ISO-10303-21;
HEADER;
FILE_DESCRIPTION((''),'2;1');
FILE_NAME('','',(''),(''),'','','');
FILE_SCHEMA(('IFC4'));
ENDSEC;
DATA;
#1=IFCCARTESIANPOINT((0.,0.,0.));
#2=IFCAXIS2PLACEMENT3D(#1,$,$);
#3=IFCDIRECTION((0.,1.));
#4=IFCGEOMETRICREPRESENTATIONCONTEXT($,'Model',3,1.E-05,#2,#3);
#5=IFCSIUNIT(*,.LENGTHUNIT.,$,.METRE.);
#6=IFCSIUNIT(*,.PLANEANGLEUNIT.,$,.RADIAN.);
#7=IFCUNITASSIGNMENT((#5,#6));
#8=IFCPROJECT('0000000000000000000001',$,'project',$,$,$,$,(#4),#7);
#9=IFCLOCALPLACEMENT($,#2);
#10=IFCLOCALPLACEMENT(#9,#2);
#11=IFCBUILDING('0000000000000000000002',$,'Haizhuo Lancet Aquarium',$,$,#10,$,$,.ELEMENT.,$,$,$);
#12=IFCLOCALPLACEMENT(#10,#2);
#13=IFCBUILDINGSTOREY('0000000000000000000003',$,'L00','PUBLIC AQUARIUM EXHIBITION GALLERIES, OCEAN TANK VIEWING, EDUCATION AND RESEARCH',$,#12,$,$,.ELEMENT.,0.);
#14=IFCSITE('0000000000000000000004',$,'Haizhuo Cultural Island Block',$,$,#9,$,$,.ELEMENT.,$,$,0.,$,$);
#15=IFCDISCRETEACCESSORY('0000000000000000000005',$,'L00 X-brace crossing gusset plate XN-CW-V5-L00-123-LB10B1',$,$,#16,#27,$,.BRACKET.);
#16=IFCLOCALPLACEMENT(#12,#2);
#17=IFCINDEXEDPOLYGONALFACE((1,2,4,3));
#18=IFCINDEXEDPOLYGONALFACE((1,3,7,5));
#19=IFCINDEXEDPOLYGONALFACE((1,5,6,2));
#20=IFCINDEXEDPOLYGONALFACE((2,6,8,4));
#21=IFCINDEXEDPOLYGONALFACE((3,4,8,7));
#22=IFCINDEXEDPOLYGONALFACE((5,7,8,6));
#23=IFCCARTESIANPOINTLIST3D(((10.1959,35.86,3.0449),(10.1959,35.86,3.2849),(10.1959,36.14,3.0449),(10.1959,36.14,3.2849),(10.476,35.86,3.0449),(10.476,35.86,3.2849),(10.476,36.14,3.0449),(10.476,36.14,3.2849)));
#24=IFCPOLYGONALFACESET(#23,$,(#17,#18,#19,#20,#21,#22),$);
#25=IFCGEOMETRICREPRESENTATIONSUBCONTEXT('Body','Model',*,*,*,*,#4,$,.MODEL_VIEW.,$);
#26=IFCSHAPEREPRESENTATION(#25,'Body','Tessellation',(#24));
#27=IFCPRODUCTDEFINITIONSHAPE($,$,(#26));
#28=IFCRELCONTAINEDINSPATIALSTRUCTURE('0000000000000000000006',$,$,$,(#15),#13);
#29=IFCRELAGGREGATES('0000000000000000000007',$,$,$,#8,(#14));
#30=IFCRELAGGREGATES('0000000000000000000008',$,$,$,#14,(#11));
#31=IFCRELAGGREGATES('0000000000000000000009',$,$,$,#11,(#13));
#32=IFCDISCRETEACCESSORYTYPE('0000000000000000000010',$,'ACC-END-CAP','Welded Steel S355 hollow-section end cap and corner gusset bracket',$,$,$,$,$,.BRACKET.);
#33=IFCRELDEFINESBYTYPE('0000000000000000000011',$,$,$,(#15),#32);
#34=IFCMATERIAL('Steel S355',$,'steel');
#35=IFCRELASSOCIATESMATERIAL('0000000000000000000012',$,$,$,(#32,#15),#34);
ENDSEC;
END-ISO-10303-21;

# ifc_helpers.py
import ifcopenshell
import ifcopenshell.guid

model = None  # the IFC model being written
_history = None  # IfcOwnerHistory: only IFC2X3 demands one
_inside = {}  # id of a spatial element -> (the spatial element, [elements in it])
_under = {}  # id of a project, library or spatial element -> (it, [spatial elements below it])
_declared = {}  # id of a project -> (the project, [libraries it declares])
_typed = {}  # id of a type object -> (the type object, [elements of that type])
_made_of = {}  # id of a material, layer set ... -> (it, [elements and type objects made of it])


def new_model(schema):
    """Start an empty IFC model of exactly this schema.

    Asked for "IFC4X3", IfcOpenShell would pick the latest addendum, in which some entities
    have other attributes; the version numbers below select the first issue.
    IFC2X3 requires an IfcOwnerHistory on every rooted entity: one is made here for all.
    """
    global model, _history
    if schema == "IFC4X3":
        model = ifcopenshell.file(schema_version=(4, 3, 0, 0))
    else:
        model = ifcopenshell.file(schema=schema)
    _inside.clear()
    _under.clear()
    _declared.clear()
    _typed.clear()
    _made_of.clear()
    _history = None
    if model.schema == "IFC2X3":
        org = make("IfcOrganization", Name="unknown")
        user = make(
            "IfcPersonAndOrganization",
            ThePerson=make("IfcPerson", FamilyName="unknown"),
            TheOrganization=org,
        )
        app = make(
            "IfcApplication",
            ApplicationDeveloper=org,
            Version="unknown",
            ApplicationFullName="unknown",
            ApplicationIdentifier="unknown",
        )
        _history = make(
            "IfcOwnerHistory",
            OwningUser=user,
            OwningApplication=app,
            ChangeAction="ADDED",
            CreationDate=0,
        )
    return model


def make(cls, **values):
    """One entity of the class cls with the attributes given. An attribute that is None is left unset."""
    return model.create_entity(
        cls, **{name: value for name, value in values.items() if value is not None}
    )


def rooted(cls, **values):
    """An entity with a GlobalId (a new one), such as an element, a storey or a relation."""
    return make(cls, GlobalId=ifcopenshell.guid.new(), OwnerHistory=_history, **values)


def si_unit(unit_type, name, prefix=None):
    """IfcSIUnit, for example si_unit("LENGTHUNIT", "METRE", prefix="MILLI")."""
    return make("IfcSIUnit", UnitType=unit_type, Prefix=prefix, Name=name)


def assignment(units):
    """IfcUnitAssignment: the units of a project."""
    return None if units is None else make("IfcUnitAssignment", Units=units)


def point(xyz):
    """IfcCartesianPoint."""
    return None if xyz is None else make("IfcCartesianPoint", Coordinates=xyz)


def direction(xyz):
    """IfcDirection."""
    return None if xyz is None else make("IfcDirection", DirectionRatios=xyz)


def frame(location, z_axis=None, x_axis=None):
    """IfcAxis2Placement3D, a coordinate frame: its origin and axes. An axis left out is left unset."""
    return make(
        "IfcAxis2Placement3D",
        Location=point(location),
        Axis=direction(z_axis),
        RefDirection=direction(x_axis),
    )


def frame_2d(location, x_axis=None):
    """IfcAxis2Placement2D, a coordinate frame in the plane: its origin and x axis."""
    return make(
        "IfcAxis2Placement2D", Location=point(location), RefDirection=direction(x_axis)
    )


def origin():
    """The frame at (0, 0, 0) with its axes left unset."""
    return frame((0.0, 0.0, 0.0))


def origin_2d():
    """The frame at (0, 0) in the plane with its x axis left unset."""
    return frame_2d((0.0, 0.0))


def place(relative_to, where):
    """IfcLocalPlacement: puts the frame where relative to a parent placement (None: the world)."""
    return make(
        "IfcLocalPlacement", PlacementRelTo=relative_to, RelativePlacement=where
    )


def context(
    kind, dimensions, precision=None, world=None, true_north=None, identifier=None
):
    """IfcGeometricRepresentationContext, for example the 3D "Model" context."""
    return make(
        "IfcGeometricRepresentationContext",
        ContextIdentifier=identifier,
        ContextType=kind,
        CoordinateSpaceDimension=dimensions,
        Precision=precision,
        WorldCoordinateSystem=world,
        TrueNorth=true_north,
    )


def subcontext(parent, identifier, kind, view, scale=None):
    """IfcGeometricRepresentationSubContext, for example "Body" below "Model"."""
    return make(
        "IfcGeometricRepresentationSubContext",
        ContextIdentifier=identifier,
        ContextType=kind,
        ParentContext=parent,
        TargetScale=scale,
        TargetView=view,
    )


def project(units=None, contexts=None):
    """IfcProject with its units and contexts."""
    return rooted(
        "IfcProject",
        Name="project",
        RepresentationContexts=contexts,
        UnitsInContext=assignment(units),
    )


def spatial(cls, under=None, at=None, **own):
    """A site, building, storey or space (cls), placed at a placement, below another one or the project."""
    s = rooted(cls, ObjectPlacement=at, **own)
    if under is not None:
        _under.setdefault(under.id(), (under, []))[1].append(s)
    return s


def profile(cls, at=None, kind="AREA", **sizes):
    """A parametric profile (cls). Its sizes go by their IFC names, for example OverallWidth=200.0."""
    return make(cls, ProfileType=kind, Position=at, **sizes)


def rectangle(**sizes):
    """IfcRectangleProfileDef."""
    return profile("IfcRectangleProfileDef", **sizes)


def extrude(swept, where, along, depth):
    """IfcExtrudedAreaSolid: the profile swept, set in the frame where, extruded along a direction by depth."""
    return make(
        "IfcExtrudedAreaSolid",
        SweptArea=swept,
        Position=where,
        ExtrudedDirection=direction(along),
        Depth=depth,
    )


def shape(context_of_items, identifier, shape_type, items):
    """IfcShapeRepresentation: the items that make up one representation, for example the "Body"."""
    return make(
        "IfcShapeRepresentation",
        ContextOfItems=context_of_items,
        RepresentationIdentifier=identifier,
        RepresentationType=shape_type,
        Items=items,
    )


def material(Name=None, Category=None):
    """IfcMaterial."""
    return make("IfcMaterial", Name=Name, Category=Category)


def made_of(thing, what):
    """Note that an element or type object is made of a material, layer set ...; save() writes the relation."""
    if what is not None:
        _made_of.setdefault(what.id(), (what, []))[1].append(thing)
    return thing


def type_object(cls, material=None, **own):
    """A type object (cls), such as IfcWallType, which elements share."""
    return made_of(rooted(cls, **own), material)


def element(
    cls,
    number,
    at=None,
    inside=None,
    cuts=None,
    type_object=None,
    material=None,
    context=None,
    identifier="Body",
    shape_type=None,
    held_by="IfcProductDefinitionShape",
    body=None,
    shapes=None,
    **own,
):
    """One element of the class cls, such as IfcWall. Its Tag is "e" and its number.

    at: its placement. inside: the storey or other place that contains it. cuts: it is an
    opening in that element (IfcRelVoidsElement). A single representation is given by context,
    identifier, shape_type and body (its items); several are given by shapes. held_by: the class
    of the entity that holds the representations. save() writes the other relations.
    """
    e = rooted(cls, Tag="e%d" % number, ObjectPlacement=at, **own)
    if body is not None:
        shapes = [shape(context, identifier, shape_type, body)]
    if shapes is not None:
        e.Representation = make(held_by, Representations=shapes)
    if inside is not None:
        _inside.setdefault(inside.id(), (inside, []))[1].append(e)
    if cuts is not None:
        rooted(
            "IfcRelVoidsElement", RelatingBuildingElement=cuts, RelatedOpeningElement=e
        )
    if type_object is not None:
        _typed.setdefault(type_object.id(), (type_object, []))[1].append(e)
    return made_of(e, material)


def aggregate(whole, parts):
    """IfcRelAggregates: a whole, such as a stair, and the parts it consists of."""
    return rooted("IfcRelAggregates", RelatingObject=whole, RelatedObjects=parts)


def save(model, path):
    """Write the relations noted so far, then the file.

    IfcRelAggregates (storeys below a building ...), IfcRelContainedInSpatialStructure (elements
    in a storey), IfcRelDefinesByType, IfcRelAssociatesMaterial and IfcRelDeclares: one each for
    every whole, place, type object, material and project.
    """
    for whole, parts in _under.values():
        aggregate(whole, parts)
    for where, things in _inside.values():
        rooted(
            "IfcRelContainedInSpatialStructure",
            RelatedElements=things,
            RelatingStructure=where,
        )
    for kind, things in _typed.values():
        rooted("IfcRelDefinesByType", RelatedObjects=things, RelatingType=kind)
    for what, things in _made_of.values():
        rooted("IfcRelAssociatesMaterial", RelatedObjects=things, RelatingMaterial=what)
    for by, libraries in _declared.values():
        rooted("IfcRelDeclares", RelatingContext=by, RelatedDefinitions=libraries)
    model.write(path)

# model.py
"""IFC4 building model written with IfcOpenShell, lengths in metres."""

from ifc_helpers import new_model, si_unit, direction, frame, origin, origin_2d, place, context, subcontext, project, spatial, rectangle, extrude, material, type_object, element, save


model = new_model("IFC4")

# Units and contexts
model_context = context("Model", 3, precision=1e-05, world=origin(), true_north=direction((0.0, 1.0)))
body_context = subcontext(model_context, "Body", "Model", "MODEL_VIEW")
ifc_project = project(units=[si_unit("LENGTHUNIT", "METRE"), si_unit("PLANEANGLEUNIT", "RADIAN")], contexts=[model_context])

# Site, building, storey
site_placement = place(None, origin())
site = spatial("IfcSite", under=ifc_project, at=site_placement, Name="Haizhuo Cultural Island Block", CompositionType="ELEMENT", RefElevation=0.0)
building_placement = place(site_placement, origin())
building = spatial("IfcBuilding", under=site, at=building_placement, Name="Haizhuo Lancet Aquarium", CompositionType="ELEMENT")
storey_placement = place(building_placement, origin())
storey = spatial("IfcBuildingStorey", under=building, at=storey_placement, Name="L00", Description="PUBLIC AQUARIUM EXHIBITION GALLERIES, OCEAN TANK VIEWING, EDUCATION AND RESEARCH", CompositionType="ELEMENT", Elevation=0.0)

# Shared definitions
ifc_material_1 = material(Name="Steel S355", Category="steel")

# Discrete accessory
discrete_accessory_type = type_object("IfcDiscreteAccessoryType", Name="ACC-END-CAP", Description="Welded Steel S355 hollow-section end cap and corner gusset bracket", PredefinedType="BRACKET", material=ifc_material_1)
for number, where, z_axis, x_axis, name in (
    (1, (10.3359, 36.0, 3.0449), (0.0, 0.0, 1.0), (1.0, 0.0, 0.0), "L00 X-brace crossing gusset plate XN-CW-V5-L00-123-LB10B1"),
):
    element("IfcDiscreteAccessory", number, at=place(storey_placement, frame(where, z_axis=z_axis, x_axis=x_axis)), inside=storey, type_object=discrete_accessory_type, material=ifc_material_1, Name=name, PredefinedType="BRACKET", context=body_context, shape_type="SweptSolid", body=[
        extrude(rectangle(XDim=0.28, YDim=0.28, at=origin_2d()), origin(), (0.0, 0.0, 1.0), 0.24),
    ])

save(model, "model.ifc")
